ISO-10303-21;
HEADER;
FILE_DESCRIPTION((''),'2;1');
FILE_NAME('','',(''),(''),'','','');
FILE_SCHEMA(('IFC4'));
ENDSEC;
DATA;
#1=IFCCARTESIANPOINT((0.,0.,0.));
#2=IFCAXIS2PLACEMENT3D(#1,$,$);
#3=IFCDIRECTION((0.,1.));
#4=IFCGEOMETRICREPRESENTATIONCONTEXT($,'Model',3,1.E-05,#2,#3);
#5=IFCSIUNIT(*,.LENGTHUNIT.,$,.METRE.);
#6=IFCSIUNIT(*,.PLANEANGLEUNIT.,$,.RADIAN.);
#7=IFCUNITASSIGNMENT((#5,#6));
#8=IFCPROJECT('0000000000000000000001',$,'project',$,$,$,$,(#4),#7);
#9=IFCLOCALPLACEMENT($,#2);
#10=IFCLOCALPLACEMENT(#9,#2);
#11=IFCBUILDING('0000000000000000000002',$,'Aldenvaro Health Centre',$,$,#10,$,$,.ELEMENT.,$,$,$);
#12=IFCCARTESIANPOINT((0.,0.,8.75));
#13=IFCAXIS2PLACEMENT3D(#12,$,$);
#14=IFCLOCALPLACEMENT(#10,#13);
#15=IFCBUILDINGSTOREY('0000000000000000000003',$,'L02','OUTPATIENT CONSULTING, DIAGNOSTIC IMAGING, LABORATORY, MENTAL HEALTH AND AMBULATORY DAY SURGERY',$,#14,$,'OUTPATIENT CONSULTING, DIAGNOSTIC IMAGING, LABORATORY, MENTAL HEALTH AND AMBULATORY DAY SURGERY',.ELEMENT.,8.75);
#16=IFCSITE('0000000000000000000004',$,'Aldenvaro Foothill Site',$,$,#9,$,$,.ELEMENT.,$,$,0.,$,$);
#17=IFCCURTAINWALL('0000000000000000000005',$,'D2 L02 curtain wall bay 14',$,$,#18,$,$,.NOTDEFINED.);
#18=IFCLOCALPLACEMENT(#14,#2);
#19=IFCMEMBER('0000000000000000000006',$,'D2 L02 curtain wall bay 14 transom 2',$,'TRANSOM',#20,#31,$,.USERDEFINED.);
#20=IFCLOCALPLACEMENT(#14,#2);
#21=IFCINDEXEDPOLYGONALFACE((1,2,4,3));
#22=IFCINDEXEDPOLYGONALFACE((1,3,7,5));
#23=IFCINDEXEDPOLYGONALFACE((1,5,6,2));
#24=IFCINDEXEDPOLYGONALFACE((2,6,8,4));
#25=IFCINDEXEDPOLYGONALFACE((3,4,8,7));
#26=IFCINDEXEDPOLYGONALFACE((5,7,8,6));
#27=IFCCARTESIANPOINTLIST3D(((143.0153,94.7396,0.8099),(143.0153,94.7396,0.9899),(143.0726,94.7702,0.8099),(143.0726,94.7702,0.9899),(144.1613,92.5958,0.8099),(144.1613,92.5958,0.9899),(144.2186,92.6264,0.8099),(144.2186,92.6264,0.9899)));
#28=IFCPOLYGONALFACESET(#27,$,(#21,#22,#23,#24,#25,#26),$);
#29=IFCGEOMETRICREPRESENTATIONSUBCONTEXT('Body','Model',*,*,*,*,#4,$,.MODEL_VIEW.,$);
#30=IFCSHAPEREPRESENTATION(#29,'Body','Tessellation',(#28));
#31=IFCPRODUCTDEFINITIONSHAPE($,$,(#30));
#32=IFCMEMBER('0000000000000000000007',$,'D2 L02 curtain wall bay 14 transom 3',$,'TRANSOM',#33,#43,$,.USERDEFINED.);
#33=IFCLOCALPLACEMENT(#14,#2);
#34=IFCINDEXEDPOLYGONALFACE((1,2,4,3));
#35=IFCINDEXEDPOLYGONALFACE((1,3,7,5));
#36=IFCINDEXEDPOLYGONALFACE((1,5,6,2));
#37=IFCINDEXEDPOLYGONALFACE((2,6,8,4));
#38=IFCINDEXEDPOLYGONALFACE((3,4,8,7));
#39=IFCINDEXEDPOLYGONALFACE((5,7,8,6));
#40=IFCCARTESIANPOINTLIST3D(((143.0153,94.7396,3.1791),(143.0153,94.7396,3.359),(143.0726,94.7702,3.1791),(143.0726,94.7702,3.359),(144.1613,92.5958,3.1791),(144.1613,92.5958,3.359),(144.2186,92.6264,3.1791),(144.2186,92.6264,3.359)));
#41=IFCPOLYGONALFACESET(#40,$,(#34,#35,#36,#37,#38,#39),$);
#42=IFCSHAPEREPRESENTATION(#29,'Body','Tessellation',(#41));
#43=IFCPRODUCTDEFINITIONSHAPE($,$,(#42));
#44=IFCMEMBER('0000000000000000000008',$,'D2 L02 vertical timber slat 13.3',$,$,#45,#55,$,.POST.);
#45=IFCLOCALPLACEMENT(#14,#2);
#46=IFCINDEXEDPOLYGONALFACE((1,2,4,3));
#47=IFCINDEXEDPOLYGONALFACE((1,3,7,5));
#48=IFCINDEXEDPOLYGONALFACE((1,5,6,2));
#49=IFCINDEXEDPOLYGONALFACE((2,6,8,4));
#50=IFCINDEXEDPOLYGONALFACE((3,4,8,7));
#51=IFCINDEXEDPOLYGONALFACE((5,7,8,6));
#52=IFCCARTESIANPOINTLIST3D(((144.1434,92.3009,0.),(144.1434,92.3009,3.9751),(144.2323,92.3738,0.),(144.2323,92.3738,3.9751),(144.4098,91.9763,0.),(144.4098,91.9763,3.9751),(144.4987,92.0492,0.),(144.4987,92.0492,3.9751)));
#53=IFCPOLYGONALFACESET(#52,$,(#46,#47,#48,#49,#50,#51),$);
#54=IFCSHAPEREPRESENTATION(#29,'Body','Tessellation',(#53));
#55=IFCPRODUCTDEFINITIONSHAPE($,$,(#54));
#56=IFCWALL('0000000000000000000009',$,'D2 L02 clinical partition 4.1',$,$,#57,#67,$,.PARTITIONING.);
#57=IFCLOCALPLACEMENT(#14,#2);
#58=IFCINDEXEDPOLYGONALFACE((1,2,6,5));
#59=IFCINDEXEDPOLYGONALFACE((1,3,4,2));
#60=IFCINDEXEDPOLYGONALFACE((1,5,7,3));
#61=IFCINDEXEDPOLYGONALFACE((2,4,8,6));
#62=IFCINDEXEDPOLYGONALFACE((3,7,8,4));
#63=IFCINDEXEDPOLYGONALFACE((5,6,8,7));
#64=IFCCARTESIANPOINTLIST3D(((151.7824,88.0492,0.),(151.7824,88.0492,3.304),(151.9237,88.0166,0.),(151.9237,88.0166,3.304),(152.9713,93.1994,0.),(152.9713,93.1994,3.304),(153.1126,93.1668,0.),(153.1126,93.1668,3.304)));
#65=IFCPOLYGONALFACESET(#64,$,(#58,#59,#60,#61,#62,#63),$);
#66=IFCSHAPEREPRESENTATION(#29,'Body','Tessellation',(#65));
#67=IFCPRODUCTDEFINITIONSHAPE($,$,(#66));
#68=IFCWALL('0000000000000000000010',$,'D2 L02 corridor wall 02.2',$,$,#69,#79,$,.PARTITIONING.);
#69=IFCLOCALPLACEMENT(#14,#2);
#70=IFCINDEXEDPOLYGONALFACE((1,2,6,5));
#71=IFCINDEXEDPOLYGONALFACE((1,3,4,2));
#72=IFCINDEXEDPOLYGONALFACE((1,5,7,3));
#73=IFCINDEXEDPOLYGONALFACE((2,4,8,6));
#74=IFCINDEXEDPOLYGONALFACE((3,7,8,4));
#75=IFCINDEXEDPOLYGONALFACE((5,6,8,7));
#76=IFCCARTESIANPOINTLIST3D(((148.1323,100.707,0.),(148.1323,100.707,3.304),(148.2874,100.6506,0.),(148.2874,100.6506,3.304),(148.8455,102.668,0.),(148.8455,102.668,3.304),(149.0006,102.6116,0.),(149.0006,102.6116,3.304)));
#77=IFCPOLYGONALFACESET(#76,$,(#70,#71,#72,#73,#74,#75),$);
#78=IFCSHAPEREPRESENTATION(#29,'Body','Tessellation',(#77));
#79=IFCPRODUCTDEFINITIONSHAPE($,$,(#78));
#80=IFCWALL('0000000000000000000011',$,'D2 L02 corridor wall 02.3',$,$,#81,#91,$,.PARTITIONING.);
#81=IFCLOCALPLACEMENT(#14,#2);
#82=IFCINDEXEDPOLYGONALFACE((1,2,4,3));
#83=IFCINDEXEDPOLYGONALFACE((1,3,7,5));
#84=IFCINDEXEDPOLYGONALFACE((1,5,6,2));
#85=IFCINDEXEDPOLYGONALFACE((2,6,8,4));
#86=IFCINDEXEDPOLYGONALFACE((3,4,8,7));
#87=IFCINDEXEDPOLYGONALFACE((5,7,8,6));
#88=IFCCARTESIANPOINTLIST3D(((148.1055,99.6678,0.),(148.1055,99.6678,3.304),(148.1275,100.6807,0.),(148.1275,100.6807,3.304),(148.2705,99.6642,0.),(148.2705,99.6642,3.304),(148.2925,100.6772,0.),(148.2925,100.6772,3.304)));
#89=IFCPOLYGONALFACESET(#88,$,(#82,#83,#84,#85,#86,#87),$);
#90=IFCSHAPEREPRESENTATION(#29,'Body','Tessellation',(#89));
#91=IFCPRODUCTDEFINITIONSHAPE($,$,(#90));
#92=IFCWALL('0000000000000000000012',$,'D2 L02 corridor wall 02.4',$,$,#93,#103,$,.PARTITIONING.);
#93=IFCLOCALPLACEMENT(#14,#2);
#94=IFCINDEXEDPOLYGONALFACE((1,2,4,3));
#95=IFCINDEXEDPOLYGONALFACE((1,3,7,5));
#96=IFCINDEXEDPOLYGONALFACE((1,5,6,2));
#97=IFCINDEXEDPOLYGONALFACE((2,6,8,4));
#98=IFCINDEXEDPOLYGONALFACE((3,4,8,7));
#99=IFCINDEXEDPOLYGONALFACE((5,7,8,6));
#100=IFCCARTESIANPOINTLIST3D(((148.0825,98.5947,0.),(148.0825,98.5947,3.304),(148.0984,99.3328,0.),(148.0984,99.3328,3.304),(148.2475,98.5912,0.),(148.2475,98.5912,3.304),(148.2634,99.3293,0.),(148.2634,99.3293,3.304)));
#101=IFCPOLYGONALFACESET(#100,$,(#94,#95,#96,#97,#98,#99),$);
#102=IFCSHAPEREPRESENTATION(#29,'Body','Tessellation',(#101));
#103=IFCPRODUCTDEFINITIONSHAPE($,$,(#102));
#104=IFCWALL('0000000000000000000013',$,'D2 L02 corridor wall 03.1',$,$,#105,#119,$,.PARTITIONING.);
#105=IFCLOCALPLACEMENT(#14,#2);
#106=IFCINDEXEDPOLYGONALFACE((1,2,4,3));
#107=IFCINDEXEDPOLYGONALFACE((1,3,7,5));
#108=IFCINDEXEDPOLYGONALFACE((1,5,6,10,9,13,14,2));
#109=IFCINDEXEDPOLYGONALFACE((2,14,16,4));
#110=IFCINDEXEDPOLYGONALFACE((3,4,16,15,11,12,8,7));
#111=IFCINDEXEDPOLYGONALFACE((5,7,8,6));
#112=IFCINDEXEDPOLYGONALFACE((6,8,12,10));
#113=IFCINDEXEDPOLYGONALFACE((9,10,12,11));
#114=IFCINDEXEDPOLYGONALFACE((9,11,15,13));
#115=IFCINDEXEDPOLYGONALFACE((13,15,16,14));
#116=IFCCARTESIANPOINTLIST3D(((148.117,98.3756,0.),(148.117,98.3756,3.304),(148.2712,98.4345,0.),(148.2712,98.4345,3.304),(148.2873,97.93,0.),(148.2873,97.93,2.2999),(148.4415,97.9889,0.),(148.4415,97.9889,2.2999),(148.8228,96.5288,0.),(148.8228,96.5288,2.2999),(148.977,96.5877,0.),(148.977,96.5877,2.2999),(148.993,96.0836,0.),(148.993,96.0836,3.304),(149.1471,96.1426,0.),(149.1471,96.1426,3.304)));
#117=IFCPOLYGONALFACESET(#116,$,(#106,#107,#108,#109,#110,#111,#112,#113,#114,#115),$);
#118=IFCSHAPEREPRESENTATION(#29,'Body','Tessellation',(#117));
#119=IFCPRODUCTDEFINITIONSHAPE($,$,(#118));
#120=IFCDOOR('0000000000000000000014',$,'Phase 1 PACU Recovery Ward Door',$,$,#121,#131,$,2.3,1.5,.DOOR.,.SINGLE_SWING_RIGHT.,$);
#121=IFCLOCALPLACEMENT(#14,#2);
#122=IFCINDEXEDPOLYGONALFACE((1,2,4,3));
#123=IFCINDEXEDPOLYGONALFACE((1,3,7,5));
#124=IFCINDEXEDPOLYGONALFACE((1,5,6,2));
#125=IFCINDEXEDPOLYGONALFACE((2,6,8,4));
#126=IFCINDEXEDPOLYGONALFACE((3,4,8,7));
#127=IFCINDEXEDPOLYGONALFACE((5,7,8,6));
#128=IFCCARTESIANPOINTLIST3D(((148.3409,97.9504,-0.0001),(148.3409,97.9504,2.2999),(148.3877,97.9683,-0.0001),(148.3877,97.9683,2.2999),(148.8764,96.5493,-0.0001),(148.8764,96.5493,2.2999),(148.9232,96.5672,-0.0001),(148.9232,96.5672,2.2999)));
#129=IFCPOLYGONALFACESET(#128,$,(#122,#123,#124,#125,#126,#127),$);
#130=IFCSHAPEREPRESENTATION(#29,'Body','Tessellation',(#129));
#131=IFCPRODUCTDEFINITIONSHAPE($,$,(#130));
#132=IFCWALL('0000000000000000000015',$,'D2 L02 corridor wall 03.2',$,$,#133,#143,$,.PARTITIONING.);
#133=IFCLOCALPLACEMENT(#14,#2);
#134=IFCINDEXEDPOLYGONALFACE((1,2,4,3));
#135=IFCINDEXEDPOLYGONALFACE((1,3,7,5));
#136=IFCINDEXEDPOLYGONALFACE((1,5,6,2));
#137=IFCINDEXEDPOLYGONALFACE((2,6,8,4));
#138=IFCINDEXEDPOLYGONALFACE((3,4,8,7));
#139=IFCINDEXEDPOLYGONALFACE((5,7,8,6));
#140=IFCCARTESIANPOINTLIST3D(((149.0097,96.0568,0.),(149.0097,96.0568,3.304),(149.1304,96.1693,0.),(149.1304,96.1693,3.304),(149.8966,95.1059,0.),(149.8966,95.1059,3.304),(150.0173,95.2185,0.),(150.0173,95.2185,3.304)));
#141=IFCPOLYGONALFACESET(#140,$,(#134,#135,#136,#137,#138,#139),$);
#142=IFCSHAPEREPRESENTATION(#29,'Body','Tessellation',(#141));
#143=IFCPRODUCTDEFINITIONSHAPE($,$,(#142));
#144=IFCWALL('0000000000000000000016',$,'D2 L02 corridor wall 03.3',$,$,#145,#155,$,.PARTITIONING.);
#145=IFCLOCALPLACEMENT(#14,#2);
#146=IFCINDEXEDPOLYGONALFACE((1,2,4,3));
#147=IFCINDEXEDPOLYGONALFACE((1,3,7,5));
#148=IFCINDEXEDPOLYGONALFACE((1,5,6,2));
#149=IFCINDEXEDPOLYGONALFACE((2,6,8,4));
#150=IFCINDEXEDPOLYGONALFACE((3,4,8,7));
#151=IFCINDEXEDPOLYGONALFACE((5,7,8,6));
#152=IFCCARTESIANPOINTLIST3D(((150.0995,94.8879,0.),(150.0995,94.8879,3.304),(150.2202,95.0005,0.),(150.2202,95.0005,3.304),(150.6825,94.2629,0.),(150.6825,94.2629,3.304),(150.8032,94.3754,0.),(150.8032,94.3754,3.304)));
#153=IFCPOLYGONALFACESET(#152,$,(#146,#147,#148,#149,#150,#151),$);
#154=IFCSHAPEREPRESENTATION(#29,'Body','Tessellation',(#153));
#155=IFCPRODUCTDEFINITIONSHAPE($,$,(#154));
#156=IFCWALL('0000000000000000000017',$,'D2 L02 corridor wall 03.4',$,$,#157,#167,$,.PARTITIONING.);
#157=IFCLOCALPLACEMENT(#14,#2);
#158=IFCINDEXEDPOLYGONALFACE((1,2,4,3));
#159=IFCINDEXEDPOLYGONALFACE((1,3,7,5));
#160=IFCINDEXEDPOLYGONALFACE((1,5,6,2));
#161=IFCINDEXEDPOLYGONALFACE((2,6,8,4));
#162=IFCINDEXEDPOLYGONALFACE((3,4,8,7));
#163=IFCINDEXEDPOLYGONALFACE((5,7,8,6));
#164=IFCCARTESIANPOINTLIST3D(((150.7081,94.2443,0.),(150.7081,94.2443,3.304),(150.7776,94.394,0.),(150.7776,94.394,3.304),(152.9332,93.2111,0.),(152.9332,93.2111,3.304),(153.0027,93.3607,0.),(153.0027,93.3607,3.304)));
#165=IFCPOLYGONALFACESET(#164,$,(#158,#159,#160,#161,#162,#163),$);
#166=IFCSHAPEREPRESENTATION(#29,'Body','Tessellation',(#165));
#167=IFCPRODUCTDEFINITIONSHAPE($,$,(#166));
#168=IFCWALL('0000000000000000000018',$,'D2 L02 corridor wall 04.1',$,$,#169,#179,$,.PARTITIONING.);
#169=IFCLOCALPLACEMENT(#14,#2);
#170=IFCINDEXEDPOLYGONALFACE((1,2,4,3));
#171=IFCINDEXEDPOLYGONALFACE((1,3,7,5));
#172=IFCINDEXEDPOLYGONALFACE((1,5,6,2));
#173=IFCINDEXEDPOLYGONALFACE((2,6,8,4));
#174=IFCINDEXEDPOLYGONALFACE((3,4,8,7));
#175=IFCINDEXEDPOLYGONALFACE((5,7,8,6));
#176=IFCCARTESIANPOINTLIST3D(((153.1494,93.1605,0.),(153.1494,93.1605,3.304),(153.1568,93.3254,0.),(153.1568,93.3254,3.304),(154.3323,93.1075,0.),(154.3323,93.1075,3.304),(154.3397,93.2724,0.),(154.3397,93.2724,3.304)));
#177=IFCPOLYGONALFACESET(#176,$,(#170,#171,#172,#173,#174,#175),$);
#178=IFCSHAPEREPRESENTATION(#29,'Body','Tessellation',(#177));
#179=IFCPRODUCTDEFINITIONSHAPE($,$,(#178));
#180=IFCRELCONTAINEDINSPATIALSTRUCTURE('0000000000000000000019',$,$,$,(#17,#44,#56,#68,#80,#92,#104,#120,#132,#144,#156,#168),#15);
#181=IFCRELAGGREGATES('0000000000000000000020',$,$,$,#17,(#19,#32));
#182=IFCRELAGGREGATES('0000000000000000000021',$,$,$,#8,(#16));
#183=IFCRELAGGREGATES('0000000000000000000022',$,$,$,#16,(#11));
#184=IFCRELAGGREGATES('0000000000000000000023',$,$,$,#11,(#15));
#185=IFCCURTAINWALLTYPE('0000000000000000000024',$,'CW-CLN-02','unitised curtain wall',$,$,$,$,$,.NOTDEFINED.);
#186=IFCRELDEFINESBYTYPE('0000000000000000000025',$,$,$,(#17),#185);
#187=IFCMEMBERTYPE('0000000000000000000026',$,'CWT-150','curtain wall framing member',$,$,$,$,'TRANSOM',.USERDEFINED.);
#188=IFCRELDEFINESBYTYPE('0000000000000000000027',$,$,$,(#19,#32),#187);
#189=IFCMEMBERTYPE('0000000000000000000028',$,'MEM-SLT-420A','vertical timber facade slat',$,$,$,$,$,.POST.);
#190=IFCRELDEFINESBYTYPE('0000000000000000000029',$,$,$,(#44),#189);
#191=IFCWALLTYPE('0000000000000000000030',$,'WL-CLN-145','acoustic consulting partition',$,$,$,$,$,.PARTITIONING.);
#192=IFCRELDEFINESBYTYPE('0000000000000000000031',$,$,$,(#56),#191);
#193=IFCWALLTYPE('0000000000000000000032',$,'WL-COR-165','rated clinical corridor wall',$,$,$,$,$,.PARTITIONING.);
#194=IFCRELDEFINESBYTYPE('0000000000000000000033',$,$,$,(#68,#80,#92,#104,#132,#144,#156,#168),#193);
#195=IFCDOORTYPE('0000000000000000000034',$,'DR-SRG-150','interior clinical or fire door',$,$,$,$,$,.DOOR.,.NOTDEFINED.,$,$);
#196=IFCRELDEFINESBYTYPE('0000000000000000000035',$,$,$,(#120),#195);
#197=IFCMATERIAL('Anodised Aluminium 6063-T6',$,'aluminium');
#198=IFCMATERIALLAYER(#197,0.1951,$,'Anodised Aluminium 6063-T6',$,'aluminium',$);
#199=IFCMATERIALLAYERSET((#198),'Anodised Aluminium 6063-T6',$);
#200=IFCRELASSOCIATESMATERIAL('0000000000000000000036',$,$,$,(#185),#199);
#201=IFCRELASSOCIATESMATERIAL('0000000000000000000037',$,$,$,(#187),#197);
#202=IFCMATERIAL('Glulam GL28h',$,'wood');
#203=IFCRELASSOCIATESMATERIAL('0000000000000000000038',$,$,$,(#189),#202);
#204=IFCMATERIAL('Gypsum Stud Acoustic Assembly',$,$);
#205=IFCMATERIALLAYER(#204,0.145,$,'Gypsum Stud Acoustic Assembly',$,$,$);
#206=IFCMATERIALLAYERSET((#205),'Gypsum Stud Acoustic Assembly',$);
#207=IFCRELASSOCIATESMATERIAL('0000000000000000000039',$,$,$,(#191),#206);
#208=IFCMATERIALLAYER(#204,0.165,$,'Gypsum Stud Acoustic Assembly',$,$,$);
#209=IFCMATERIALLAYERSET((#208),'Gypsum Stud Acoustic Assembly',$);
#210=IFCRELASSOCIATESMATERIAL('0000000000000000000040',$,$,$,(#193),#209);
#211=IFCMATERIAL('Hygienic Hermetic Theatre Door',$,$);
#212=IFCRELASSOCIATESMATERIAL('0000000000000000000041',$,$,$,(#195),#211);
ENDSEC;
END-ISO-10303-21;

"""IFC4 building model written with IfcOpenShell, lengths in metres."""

from ifc_helpers import new_model, si_unit, direction, frame, frame_2d, origin, origin_2d, place, context, subcontext, project, spatial, rectangle, extrude, material, layer, layer_set, material_profile, profile_set, type_object, element, fill, aggregate, save


model = new_model("IFC4")

# Units and contexts
model_context = context("Model", 3, precision=1e-05, world=origin(), true_north=direction((0.0, 1.0)))
body_context = subcontext(model_context, "Body", "Model", "MODEL_VIEW")
ifc_project = project(units=[si_unit("LENGTHUNIT", "METRE"), si_unit("PLANEANGLEUNIT", "RADIAN")], contexts=[model_context])

# Site, building, storey
site_placement = place(None, origin())
site = spatial("IfcSite", under=ifc_project, at=site_placement, Name="Aldenvaro Foothill Site", CompositionType="ELEMENT", RefElevation=0.0)
building_placement = place(site_placement, origin())
building = spatial("IfcBuilding", under=site, at=building_placement, Name="Aldenvaro Health Centre", CompositionType="ELEMENT")
storey_placement = place(building_placement, frame((0.0, 0.0, 8.75)))
storey = spatial("IfcBuildingStorey", under=building, at=storey_placement, Name="L02", Description="OUTPATIENT CONSULTING, DIAGNOSTIC IMAGING, LABORATORY, MENTAL HEALTH AND AMBULATORY DAY SURGERY", LongName="OUTPATIENT CONSULTING, DIAGNOSTIC IMAGING, LABORATORY, MENTAL HEALTH AND AMBULATORY DAY SURGERY", CompositionType="ELEMENT", Elevation=8.75)

# Shared definitions
ifc_material_1 = material(Name="Glulam GL28h", Category="wood")

# Curtain wall, members
ifc_material_2 = material(Name="Anodised Aluminium 6063-T6", Category="aluminium")
ifc_layer_1 = layer(ifc_material_2, 0.1951, Name="Anodised Aluminium 6063-T6", Category="aluminium")
ifc_layer_set_1 = layer_set([ifc_layer_1], Name="Anodised Aluminium 6063-T6")
curtain_wall_type = type_object("IfcCurtainWallType", Name="CW-CLN-02", Description="unitised curtain wall", PredefinedType="NOTDEFINED", material=ifc_layer_set_1)
curtain_wall_placement = place(storey_placement, origin())
curtain_wall = element("IfcCurtainWall", 1, at=curtain_wall_placement, inside=storey, type_object=curtain_wall_type, Name="D2 L02 curtain wall bay 14", PredefinedType="NOTDEFINED")
ifc_material_profile_1 = material_profile(ifc_material_2, rectangle(XDim=0.0649, YDim=0.1799, at=origin_2d()), Name="ALU 65x180", Category="aluminium")
ifc_profile_set_1 = profile_set([ifc_material_profile_1], Name="Anodised Aluminium 6063-T6")
member_type_1 = type_object("IfcMemberType", Name="CWT-150", Description="curtain wall framing member", ElementType="TRANSOM", PredefinedType="USERDEFINED", material=ifc_profile_set_1)
member_1_placement = place(storey_placement, frame((144.1899, 92.6111, 0.8999), z_axis=(-0.471432, 0.881902, 0.0), x_axis=(-0.881902, -0.471432, 0.0)))
member_1 = element("IfcMember", 2, at=member_1_placement, type_object=member_type_1, Name="D2 L02 curtain wall bay 14 transom 2", ObjectType="TRANSOM", PredefinedType="USERDEFINED", context=body_context, shape_type="SweptSolid", body=[
    extrude(rectangle(XDim=0.0649, YDim=0.1799, at=origin_2d()), origin(), (0.0, 0.0, 1.0), 2.4309),
])
member_2_placement = place(storey_placement, frame((144.1899, 92.6111, 3.269), z_axis=(-0.471432, 0.881902, 0.0), x_axis=(-0.881902, -0.471432, 0.0)))
member_2 = element("IfcMember", 3, at=member_2_placement, type_object=member_type_1, Name="D2 L02 curtain wall bay 14 transom 3", ObjectType="TRANSOM", PredefinedType="USERDEFINED", context=body_context, shape_type="SweptSolid", body=[
    extrude(rectangle(XDim=0.0649, YDim=0.1799, at=origin_2d()), origin(), (0.0, 0.0, 1.0), 2.4309),
])
aggregate(curtain_wall, [member_1, member_2])

# Member
ifc_material_profile_2 = material_profile(ifc_material_1, rectangle(XDim=0.115, YDim=0.4199, at=origin_2d()), Name="GL 115x420", Category="wood")
ifc_profile_set_2 = profile_set([ifc_material_profile_2], Name="Glulam GL28h")
member_type_2 = type_object("IfcMemberType", Name="MEM-SLT-420A", Description="vertical timber facade slat", PredefinedType="POST", material=ifc_profile_set_2)
member_3_placement = place(storey_placement, frame((144.321, 92.175, 0.0), z_axis=(0.0, 0.0, 1.0), x_axis=(-0.773022, -0.63438, 0.0)))
element("IfcMember", 4, at=member_3_placement, inside=storey, type_object=member_type_2, Name="D2 L02 vertical timber slat 13.3", PredefinedType="POST", context=body_context, shape_type="SweptSolid", body=[
    extrude(rectangle(XDim=0.115, YDim=0.4199, at=origin_2d()), origin(), (0.0, 0.0, 1.0), 3.9751),
])

# Walls
ifc_material_3 = material(Name="Gypsum Stud Acoustic Assembly")
ifc_layer_2 = layer(ifc_material_3, 0.145, Name="Gypsum Stud Acoustic Assembly")
ifc_layer_set_2 = layer_set([ifc_layer_2], Name="Gypsum Stud Acoustic Assembly")
wall_type_1 = type_object("IfcWallType", Name="WL-CLN-145", Description="acoustic consulting partition", PredefinedType="PARTITIONING", material=ifc_layer_set_2)
wall_1_placement = place(storey_placement, frame((153.042, 93.1831, 0.0), z_axis=(0.0, 0.0, 1.0), x_axis=(-0.224944, -0.974372, 0.0)))
element("IfcWall", 5, at=wall_1_placement, inside=storey, type_object=wall_type_1, Name="D2 L02 clinical partition 4.1", PredefinedType="PARTITIONING", context=body_context, shape_type="SweptSolid", body=[
    extrude(rectangle(XDim=5.2856, YDim=0.145, at=frame_2d((2.6428, 0.0))), origin(), (0.0, 0.0, 1.0), 3.304),
])
ifc_layer_3 = layer(ifc_material_3, 0.165, Name="Gypsum Stud Acoustic Assembly")
ifc_layer_set_3 = layer_set([ifc_layer_3], Name="Gypsum Stud Acoustic Assembly")
wall_type_2 = type_object("IfcWallType", Name="WL-COR-165", Description="rated clinical corridor wall", PredefinedType="PARTITIONING", material=ifc_layer_set_3)
wall_2_placement = place(storey_placement, frame((148.9231, 102.6399, 0.0), z_axis=(0.0, 0.0, 1.0), x_axis=(-0.341771, -0.939783, 0.0)))
element("IfcWall", 6, at=wall_2_placement, inside=storey, type_object=wall_type_2, Name="D2 L02 corridor wall 02.2", PredefinedType="PARTITIONING", context=body_context, shape_type="SweptSolid", body=[
    extrude(rectangle(XDim=2.0867, YDim=0.165, at=frame_2d((1.0435, 0.0))), origin(), (0.0, 0.0, 1.0), 3.304),
])
wall_3_placement = place(storey_placement, frame((148.21, 100.679, 0.0), z_axis=(0.0, 0.0, 1.0), x_axis=(-0.021687, -0.999765, 0.0)))
element("IfcWall", 7, at=wall_3_placement, inside=storey, type_object=wall_type_2, Name="D2 L02 corridor wall 02.3", PredefinedType="PARTITIONING", context=body_context, shape_type="SweptSolid", body=[
    extrude(rectangle(XDim=1.0132, YDim=0.165, at=frame_2d((0.5066, 0.0))), origin(), (0.0, 0.0, 1.0), 3.304),
])
wall_4_placement = place(storey_placement, frame((148.1809, 99.3311, 0.0), z_axis=(0.0, 0.0, 1.0), x_axis=(-0.021497, -0.999769, 0.0)))
element("IfcWall", 8, at=wall_4_placement, inside=storey, type_object=wall_type_2, Name="D2 L02 corridor wall 02.4", PredefinedType="PARTITIONING", context=body_context, shape_type="SweptSolid", body=[
    extrude(rectangle(XDim=0.7383, YDim=0.165, at=frame_2d((0.3691, 0.0))), origin(), (0.0, 0.0, 1.0), 3.304),
])

# Wall, opening, door
wall_5_placement = place(storey_placement, frame((148.1941, 98.405, 0.0), z_axis=(0.0, 0.0, 1.0), x_axis=(0.357005, -0.934103, 0.0)))
wall_5 = element("IfcWall", 9, at=wall_5_placement, inside=storey, type_object=wall_type_2, Name="D2 L02 corridor wall 03.1", PredefinedType="PARTITIONING", context=body_context, shape_type="SweptSolid", body=[
    extrude(rectangle(XDim=2.4536, YDim=0.165, at=frame_2d((1.2268, 0.0))), origin(), (0.0, 0.0, 1.0), 3.304),
])
opening_1_placement = place(wall_5_placement, frame((0.4771, 0.0, 0.0)))
opening_1 = element("IfcOpeningElement", 10, at=opening_1_placement, cuts=wall_5, PredefinedType="OPENING", context=body_context, shape_type="SweptSolid", body=[
    extrude(rectangle(XDim=1.5, YDim=2.3, at=frame_2d((0.75, 1.1499))), frame((0.0, 0.0925, 0.0), z_axis=(0.0, -1.0, 0.0), x_axis=(1.0, 0.0, 0.0)), (0.0, 0.0, 1.0), 0.1851),
])
ifc_material_4 = material(Name="Hygienic Hermetic Theatre Door")
door_type_1 = type_object("IfcDoorType", Name="DR-SRG-150", Description="interior clinical or fire door", OperationType="NOTDEFINED", PredefinedType="DOOR", material=ifc_material_4)
door_1_placement = place(opening_1_placement, origin())
door_1 = element("IfcDoor", 11, at=door_1_placement, inside=storey, type_object=door_type_1, Name="Phase 1 PACU Recovery Ward Door", OperationType="SINGLE_SWING_RIGHT", OverallHeight=2.3, OverallWidth=1.5, PredefinedType="DOOR", context=body_context, shape_type="SweptSolid", body=[
    extrude(rectangle(XDim=1.5, YDim=2.3, at=frame_2d((0.75, 1.1499))), frame((0.0, 0.0249, 0.0), z_axis=(0.0, -1.0, 0.0), x_axis=(1.0, 0.0, 0.0)), (0.0, 0.0, 1.0), 0.05),
])
fill(opening_1, door_1)

# Walls
wall_6_placement = place(storey_placement, frame((149.0701, 96.113, 0.0), z_axis=(0.0, 0.0, 1.0), x_axis=(0.682084, -0.731274, 0.0)))
element("IfcWall", 12, at=wall_6_placement, inside=storey, type_object=wall_type_2, Name="D2 L02 corridor wall 03.2", PredefinedType="PARTITIONING", context=body_context, shape_type="SweptSolid", body=[
    extrude(rectangle(XDim=1.3003, YDim=0.165, at=frame_2d((0.6501, 0.0))), origin(), (0.0, 0.0, 1.0), 3.304),
])
wall_7_placement = place(storey_placement, frame((150.1599, 94.9441, 0.0), z_axis=(0.0, 0.0, 1.0), x_axis=(0.682115, -0.731245, 0.0)))
element("IfcWall", 13, at=wall_7_placement, inside=storey, type_object=wall_type_2, Name="D2 L02 corridor wall 03.3", PredefinedType="PARTITIONING", context=body_context, shape_type="SweptSolid", body=[
    extrude(rectangle(XDim=0.8547, YDim=0.165, at=frame_2d((0.4272, 0.0))), origin(), (0.0, 0.0, 1.0), 3.304),
])
wall_8_placement = place(storey_placement, frame((150.7429, 94.3191, 0.0), z_axis=(0.0, 0.0, 1.0), x_axis=(0.90699, -0.421152, 0.0)))
element("IfcWall", 14, at=wall_8_placement, inside=storey, type_object=wall_type_2, Name="D2 L02 corridor wall 03.4", PredefinedType="PARTITIONING", context=body_context, shape_type="SweptSolid", body=[
    extrude(rectangle(XDim=2.4534, YDim=0.165, at=frame_2d((1.2266, 0.0))), origin(), (0.0, 0.0, 1.0), 3.304),
])
wall_9_placement = place(storey_placement, frame((153.1531, 93.2429, 0.0), z_axis=(0.0, 0.0, 1.0), x_axis=(0.998999, -0.044744, 0.0)))
element("IfcWall", 15, at=wall_9_placement, inside=storey, type_object=wall_type_2, Name="D2 L02 corridor wall 04.1", PredefinedType="PARTITIONING", context=body_context, shape_type="SweptSolid", body=[
    extrude(rectangle(XDim=1.1841, YDim=0.165, at=frame_2d((0.592, 0.0))), origin(), (0.0, 0.0, 1.0), 3.304),
])

save(model, "model.ifc")
